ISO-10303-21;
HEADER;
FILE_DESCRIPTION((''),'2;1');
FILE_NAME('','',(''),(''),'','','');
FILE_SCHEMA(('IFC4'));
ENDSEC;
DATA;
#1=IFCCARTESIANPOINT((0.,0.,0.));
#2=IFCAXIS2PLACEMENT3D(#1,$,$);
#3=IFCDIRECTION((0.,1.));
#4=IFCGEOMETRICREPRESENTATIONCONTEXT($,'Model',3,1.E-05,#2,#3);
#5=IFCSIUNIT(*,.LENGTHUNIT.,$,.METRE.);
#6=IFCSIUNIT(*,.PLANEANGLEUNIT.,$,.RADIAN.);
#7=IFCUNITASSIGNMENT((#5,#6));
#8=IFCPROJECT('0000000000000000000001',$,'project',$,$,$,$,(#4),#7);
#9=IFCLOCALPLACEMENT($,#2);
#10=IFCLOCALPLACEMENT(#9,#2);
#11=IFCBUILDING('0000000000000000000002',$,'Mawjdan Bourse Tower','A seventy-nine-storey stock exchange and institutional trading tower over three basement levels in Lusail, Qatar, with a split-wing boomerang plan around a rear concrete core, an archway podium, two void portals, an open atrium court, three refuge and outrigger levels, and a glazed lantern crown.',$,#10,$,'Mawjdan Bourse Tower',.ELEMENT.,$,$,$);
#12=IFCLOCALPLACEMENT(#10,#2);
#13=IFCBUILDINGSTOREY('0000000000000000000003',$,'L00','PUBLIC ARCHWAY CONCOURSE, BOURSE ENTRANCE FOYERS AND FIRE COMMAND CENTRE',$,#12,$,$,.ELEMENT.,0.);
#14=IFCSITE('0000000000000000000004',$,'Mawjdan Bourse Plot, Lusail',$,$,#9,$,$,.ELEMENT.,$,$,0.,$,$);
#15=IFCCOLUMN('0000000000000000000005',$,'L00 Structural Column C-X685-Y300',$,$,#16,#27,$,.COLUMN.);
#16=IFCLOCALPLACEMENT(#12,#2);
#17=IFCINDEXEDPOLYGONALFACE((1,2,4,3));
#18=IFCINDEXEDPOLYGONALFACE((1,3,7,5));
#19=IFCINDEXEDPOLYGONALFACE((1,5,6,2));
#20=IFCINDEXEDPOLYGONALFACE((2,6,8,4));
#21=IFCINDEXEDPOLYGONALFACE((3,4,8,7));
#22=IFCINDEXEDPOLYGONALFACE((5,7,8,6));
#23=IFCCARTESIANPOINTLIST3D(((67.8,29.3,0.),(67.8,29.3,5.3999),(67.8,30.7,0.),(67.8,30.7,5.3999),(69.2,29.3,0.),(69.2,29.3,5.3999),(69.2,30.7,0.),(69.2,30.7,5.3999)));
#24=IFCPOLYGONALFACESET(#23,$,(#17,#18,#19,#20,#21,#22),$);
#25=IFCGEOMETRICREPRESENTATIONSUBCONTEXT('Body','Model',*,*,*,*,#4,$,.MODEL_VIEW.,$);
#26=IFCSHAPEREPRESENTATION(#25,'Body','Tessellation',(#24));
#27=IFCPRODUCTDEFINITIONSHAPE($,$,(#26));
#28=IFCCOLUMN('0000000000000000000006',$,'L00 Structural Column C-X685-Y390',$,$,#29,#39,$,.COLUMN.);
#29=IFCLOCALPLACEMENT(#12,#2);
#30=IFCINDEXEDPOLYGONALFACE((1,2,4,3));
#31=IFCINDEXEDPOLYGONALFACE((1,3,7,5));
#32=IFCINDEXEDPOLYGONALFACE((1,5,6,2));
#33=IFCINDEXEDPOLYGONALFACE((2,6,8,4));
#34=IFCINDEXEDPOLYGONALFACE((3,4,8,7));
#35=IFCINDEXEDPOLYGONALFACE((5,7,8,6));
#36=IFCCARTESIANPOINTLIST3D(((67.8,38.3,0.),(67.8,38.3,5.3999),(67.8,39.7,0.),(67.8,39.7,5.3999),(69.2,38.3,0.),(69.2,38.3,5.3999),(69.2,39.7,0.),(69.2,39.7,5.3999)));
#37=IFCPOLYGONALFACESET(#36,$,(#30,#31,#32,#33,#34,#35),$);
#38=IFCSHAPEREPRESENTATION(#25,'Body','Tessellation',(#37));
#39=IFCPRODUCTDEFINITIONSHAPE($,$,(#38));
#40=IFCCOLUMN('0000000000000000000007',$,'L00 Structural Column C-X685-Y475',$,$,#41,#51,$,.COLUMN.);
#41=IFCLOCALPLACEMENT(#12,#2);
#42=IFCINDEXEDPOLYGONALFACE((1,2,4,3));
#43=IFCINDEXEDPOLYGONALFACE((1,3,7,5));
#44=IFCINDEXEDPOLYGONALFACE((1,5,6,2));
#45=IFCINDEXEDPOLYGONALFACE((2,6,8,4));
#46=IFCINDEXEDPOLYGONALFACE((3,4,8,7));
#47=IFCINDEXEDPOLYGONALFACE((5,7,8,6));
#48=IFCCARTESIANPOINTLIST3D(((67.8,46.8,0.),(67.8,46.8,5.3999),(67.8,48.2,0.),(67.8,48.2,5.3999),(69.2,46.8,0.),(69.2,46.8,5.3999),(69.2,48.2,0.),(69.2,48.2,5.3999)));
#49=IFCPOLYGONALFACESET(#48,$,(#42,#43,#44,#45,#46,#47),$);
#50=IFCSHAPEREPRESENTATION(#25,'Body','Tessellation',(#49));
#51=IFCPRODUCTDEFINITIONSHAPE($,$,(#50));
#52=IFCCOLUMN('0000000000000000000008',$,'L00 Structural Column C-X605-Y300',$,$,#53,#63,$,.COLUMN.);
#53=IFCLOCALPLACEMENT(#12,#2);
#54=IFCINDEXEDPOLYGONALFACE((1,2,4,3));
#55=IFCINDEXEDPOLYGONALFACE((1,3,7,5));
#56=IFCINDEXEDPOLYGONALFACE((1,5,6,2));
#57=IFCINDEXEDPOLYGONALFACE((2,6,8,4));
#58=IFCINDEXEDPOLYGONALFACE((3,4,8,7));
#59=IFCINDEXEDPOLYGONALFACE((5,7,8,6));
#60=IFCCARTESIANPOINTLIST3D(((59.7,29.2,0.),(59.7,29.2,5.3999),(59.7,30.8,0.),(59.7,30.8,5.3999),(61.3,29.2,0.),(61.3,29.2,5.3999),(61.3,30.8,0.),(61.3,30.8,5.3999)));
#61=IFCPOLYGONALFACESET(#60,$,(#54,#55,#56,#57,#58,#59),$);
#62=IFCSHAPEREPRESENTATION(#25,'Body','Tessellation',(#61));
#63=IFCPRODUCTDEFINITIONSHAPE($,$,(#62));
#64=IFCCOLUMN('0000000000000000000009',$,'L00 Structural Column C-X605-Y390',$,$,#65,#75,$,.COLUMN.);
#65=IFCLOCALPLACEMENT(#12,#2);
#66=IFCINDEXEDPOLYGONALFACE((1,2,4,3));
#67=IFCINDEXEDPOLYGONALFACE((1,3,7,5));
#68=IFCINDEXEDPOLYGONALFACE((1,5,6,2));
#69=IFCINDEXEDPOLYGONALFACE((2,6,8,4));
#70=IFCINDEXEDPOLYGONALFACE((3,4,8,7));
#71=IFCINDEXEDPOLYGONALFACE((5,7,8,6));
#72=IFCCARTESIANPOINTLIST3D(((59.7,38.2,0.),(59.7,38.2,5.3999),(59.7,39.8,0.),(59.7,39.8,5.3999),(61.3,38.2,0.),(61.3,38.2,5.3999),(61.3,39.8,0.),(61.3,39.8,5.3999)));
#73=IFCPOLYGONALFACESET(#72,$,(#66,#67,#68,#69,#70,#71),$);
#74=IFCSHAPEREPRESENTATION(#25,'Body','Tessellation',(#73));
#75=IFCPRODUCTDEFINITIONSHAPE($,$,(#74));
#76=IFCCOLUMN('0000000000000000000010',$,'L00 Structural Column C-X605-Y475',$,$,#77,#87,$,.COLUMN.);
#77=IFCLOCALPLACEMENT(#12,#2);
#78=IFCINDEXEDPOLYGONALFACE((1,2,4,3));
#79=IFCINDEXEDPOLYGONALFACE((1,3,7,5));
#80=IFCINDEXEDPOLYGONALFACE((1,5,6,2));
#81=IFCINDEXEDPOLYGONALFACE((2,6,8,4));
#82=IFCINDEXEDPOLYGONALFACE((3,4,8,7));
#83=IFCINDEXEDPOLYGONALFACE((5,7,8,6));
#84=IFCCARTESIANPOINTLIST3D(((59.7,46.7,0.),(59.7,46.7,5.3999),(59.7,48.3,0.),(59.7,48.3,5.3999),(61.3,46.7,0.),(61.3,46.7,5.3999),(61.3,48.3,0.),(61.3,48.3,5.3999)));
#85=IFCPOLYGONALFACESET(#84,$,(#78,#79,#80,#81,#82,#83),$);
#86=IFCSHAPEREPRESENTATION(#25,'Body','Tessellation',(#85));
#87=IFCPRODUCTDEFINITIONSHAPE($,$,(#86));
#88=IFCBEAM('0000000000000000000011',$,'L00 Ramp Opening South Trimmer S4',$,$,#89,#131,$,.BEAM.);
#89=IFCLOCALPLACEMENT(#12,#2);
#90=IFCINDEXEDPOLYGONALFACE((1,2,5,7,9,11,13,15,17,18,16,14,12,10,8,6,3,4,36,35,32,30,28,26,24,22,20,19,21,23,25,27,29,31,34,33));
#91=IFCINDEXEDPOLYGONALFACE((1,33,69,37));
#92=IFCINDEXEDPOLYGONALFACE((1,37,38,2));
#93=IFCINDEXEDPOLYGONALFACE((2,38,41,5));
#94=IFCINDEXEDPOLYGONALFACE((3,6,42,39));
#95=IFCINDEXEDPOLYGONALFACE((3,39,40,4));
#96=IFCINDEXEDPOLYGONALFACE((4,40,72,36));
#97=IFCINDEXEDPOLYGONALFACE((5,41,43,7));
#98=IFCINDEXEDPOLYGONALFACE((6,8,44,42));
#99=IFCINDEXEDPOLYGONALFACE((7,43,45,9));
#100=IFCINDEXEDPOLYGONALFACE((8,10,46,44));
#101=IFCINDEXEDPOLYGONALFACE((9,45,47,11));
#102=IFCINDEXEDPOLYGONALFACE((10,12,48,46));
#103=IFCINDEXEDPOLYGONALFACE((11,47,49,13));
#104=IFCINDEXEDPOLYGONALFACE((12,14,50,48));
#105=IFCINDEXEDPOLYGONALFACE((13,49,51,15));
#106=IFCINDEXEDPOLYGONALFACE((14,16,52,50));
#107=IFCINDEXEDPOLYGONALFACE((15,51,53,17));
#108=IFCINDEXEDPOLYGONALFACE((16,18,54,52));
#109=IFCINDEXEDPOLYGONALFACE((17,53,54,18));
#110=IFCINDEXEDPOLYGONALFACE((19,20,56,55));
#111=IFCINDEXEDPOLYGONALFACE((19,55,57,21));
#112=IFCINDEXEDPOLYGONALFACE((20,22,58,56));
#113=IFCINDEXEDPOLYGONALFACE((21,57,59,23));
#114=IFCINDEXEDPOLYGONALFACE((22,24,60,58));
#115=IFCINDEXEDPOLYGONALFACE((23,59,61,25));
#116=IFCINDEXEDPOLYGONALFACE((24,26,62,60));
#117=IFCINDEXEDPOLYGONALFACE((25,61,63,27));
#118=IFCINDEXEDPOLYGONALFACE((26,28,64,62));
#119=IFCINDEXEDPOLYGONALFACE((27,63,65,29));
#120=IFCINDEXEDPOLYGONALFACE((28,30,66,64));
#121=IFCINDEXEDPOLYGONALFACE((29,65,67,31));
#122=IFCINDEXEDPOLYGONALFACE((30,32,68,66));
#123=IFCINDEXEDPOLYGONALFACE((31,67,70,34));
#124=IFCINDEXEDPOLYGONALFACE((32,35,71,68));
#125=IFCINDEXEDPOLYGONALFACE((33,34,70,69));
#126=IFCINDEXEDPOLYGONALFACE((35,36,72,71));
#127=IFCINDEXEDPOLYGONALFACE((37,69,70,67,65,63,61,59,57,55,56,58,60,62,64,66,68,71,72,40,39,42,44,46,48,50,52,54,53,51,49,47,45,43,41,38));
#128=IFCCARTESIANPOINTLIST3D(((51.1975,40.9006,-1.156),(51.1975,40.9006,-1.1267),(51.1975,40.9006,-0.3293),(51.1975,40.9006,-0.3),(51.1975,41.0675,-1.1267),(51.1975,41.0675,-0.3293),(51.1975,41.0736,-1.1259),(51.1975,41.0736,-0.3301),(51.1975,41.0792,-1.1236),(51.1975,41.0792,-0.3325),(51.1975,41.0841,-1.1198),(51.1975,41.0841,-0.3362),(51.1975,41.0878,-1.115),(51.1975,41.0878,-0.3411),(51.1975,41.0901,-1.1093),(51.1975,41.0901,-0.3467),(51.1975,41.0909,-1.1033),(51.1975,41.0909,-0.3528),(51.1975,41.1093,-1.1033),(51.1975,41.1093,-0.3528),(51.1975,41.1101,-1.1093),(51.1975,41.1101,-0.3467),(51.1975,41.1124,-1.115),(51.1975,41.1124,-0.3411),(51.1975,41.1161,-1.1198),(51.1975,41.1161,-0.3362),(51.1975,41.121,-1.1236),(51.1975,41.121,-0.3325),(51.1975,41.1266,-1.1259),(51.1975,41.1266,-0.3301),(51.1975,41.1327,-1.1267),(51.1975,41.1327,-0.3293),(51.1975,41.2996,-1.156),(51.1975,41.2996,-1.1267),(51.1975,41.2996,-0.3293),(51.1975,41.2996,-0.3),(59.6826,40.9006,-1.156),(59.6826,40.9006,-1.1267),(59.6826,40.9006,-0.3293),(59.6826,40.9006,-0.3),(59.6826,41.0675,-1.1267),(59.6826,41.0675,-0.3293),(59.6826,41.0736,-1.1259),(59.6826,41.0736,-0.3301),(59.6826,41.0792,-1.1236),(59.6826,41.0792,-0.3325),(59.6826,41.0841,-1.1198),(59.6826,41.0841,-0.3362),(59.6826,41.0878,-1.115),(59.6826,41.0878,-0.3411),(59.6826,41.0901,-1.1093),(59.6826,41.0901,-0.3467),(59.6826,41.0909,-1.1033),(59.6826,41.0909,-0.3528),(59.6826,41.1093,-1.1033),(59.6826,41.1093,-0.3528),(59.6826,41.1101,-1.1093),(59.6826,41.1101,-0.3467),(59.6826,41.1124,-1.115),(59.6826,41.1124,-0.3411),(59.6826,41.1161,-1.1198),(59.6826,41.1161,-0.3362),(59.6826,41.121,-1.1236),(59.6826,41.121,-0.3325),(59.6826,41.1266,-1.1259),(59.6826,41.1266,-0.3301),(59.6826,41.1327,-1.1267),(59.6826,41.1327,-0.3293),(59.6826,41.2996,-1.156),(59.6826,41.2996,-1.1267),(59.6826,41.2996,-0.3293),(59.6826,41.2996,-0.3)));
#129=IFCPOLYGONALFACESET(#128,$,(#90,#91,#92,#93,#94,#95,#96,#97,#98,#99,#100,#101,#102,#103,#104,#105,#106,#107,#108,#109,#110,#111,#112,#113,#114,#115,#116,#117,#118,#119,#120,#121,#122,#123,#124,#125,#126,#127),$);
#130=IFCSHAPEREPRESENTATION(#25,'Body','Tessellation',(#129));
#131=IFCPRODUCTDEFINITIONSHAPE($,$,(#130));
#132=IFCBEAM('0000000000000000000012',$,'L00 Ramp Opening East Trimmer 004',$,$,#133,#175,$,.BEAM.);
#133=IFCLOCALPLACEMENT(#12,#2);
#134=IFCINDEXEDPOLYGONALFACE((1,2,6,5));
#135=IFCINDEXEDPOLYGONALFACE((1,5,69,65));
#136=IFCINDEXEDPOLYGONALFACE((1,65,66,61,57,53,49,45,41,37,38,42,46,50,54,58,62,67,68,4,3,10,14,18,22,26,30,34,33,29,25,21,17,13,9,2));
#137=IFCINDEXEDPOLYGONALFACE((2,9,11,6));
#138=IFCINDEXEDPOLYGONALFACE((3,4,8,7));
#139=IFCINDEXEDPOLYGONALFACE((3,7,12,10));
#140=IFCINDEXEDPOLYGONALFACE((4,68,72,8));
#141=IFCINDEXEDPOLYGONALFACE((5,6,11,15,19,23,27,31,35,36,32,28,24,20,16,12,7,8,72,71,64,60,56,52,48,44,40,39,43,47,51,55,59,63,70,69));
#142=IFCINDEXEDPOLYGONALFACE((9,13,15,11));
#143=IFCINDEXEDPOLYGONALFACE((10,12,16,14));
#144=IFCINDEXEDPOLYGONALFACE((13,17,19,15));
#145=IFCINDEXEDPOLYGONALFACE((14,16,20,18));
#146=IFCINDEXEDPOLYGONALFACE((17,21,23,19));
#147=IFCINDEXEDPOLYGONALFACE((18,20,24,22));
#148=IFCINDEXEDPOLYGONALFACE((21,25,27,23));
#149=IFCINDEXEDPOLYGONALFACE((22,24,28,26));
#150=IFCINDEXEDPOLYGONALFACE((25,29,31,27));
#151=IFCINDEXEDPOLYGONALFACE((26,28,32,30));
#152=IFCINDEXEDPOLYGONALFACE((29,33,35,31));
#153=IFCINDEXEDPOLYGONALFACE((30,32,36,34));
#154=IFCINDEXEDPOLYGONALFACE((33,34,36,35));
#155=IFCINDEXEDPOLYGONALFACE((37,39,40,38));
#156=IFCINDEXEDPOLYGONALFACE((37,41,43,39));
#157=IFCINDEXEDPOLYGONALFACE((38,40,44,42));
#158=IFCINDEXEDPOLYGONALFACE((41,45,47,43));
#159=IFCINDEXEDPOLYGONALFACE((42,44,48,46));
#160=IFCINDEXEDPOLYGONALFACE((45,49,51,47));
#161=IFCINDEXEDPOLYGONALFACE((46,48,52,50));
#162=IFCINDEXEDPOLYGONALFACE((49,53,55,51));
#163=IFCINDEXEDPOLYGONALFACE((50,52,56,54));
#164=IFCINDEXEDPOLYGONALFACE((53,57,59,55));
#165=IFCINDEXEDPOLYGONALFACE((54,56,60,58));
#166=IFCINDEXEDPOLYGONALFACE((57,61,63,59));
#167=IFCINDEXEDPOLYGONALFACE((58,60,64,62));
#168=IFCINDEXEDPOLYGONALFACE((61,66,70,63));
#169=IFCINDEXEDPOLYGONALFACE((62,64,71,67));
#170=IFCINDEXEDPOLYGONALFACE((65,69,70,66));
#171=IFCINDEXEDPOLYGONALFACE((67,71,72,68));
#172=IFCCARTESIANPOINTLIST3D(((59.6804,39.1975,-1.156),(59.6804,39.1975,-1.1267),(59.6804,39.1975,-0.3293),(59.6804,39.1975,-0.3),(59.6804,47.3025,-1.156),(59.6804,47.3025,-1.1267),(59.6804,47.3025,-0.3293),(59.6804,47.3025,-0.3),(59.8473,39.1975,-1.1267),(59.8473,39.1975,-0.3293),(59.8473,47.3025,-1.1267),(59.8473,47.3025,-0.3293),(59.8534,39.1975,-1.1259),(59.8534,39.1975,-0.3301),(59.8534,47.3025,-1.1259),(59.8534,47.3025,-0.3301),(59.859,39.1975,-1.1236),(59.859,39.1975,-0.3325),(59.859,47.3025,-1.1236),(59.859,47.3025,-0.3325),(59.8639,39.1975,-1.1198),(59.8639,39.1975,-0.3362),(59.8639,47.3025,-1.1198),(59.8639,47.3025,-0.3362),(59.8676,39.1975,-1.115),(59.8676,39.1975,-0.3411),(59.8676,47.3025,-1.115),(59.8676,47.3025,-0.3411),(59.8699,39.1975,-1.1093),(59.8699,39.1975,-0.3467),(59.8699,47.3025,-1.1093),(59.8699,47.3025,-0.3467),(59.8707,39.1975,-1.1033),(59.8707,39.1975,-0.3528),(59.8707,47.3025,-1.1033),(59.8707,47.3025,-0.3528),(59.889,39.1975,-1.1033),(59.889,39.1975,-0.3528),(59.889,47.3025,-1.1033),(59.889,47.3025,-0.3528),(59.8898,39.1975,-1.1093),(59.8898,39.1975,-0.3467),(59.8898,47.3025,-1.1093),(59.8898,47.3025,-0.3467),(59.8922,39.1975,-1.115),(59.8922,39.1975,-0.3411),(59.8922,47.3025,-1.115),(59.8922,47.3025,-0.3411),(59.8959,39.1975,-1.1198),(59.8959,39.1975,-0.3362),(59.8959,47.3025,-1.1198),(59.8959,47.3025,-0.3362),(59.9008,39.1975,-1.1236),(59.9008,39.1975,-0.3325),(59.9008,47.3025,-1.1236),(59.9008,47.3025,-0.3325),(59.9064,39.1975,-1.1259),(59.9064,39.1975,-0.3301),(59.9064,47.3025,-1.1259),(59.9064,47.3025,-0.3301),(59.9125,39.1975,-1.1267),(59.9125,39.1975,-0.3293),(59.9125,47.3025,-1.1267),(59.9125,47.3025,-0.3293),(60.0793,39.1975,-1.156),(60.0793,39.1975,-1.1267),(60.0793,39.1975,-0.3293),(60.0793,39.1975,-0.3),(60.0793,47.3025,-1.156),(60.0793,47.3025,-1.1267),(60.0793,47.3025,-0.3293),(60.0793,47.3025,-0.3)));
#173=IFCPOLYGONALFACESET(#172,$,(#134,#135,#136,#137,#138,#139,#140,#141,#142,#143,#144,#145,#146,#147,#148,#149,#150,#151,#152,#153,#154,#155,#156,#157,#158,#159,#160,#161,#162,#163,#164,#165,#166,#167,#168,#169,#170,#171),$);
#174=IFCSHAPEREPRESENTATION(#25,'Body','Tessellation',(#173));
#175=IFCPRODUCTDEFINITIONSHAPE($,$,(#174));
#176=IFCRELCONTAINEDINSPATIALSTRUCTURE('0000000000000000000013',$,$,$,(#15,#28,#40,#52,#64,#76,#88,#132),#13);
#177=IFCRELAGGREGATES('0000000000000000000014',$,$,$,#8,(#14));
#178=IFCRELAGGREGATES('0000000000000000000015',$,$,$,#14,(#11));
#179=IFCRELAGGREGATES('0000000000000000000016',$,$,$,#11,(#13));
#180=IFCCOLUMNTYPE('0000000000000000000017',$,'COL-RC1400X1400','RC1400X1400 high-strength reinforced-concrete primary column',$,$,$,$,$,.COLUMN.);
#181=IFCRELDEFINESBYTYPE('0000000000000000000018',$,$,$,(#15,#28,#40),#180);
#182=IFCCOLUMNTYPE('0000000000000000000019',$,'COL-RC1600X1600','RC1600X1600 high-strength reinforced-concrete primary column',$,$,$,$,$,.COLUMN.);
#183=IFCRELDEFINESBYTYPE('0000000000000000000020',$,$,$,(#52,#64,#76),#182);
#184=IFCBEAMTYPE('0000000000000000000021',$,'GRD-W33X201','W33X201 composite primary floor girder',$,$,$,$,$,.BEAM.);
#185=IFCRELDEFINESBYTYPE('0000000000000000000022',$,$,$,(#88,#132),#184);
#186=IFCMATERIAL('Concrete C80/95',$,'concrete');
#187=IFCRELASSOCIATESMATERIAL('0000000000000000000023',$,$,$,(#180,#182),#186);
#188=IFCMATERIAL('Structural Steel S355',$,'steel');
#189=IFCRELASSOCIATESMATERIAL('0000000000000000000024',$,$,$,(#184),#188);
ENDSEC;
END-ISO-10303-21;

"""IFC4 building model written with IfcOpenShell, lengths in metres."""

from ifc_helpers import new_model, si_unit, direction, frame, origin, origin_2d, place, context, subcontext, project, spatial, rectangle, i_section, extrude, material, material_profile, profile_set, type_object, element, save


model = new_model("IFC4")

# Units and contexts
model_context = context("Model", 3, precision=1e-05, world=origin(), true_north=direction((0.0, 1.0)))
body_context = subcontext(model_context, "Body", "Model", "MODEL_VIEW")
ifc_project = project(units=[si_unit("LENGTHUNIT", "METRE"), si_unit("PLANEANGLEUNIT", "RADIAN")], contexts=[model_context])

# Site, building, storey
site_placement = place(None, origin())
site = spatial("IfcSite", under=ifc_project, at=site_placement, Name="Mawjdan Bourse Plot, Lusail", CompositionType="ELEMENT", RefElevation=0.0)
building_placement = place(site_placement, origin())
building = spatial("IfcBuilding", under=site, at=building_placement, Name="Mawjdan Bourse Tower", Description="A seventy-nine-storey stock exchange and institutional trading tower over three basement levels in Lusail, Qatar, with a split-wing boomerang plan around a rear concrete core, an archway podium, two void portals, an open atrium court, three refuge and outrigger levels, and a glazed lantern crown.", LongName="Mawjdan Bourse Tower", CompositionType="ELEMENT")
storey_placement = place(building_placement, origin())
storey = spatial("IfcBuildingStorey", under=building, at=storey_placement, Name="L00", Description="PUBLIC ARCHWAY CONCOURSE, BOURSE ENTRANCE FOYERS AND FIRE COMMAND CENTRE", CompositionType="ELEMENT", Elevation=0.0)

# Columns
ifc_material_1 = material(Name="Concrete C80/95", Category="concrete")
ifc_material_profile_1 = material_profile(ifc_material_1, rectangle(XDim=1.3999, YDim=1.3999, at=origin_2d()), Name="RC1400X1400")
ifc_profile_set_1 = profile_set([ifc_material_profile_1], Name="Concrete C80/95")
column_type_1 = type_object("IfcColumnType", Name="COL-RC1400X1400", Description="RC1400X1400 high-strength reinforced-concrete primary column", PredefinedType="COLUMN", material=ifc_profile_set_1)
for number, where, z_axis, x_axis, name in (
    (1, (68.5, 30.0, 0.0), (0.0, 0.0, 1.0), (1.0, 0.0, 0.0), "L00 Structural Column C-X685-Y300"),
    (2, (68.5, 39.0, 0.0), (0.0, 0.0, 1.0), (1.0, 0.0, 0.0), "L00 Structural Column C-X685-Y390"),
    (3, (68.5, 47.5, 0.0), (0.0, 0.0, 1.0), (1.0, 0.0, 0.0), "L00 Structural Column C-X685-Y475"),
):
    element("IfcColumn", number, at=place(storey_placement, frame(where, z_axis=z_axis, x_axis=x_axis)), inside=storey, type_object=column_type_1, Name=name, PredefinedType="COLUMN", context=body_context, shape_type="SweptSolid", body=[
        extrude(rectangle(XDim=1.3999, YDim=1.3999, at=origin_2d()), origin(), (0.0, 0.0, 1.0), 5.3999),
    ])
ifc_material_profile_2 = material_profile(ifc_material_1, rectangle(XDim=1.6001, YDim=1.6001, at=origin_2d()), Name="RC1600X1600")
ifc_profile_set_2 = profile_set([ifc_material_profile_2], Name="Concrete C80/95")
column_type_2 = type_object("IfcColumnType", Name="COL-RC1600X1600", Description="RC1600X1600 high-strength reinforced-concrete primary column", PredefinedType="COLUMN", material=ifc_profile_set_2)
for number, where, z_axis, x_axis, name in (
    (4, (60.5, 30.0, 0.0), (0.0, 0.0, 1.0), (1.0, 0.0, 0.0), "L00 Structural Column C-X605-Y300"),
    (5, (60.5, 39.0, 0.0), (0.0, 0.0, 1.0), (1.0, 0.0, 0.0), "L00 Structural Column C-X605-Y390"),
    (6, (60.5, 47.5, 0.0), (0.0, 0.0, 1.0), (1.0, 0.0, 0.0), "L00 Structural Column C-X605-Y475"),
):
    element("IfcColumn", number, at=place(storey_placement, frame(where, z_axis=z_axis, x_axis=x_axis)), inside=storey, type_object=column_type_2, Name=name, PredefinedType="COLUMN", context=body_context, shape_type="SweptSolid", body=[
        extrude(rectangle(XDim=1.6001, YDim=1.6001, at=origin_2d()), origin(), (0.0, 0.0, 1.0), 5.3999),
    ])

# Beams
ifc_material_2 = material(Name="Structural Steel S355", Category="steel")
ifc_material_profile_3 = material_profile(ifc_material_2, i_section(OverallWidth=0.3989, OverallDepth=0.856, WebThickness=0.0183, FlangeThickness=0.0293, FilletRadius=0.0234, at=origin_2d()), Name="W33X201")
ifc_profile_set_3 = profile_set([ifc_material_profile_3], Name="Structural Steel S355")
beam_type_1 = type_object("IfcBeamType", Name="GRD-W33X201", Description="W33X201 composite primary floor girder", PredefinedType="BEAM", material=ifc_profile_set_3)
beam_1_placement = place(storey_placement, frame((51.1975, 41.1001, -0.728), z_axis=(1.0, 0.0, 0.0), x_axis=(0.0, 1.0, 0.0)))
element("IfcBeam", 7, at=beam_1_placement, inside=storey, type_object=beam_type_1, Name="L00 Ramp Opening South Trimmer S4", PredefinedType="BEAM", context=body_context, shape_type="SweptSolid", body=[
    extrude(i_section(OverallWidth=0.3989, OverallDepth=0.856, WebThickness=0.0183, FlangeThickness=0.0293, FilletRadius=0.0234, at=origin_2d()), origin(), (0.0, 0.0, 1.0), 8.4851),
])
beam_2_placement = place(storey_placement, frame((59.8799, 39.1975, -0.728), z_axis=(0.0, 1.0, 0.0), x_axis=(-1.0, 0.0, 0.0)))
element("IfcBeam", 8, at=beam_2_placement, inside=storey, type_object=beam_type_1, Name="L00 Ramp Opening East Trimmer 004", PredefinedType="BEAM", context=body_context, shape_type="SweptSolid", body=[
    extrude(i_section(OverallWidth=0.3989, OverallDepth=0.856, WebThickness=0.0183, FlangeThickness=0.0293, FilletRadius=0.0234, at=origin_2d()), origin(), (0.0, 0.0, 1.0), 8.105),
])

save(model, "model.ifc")
